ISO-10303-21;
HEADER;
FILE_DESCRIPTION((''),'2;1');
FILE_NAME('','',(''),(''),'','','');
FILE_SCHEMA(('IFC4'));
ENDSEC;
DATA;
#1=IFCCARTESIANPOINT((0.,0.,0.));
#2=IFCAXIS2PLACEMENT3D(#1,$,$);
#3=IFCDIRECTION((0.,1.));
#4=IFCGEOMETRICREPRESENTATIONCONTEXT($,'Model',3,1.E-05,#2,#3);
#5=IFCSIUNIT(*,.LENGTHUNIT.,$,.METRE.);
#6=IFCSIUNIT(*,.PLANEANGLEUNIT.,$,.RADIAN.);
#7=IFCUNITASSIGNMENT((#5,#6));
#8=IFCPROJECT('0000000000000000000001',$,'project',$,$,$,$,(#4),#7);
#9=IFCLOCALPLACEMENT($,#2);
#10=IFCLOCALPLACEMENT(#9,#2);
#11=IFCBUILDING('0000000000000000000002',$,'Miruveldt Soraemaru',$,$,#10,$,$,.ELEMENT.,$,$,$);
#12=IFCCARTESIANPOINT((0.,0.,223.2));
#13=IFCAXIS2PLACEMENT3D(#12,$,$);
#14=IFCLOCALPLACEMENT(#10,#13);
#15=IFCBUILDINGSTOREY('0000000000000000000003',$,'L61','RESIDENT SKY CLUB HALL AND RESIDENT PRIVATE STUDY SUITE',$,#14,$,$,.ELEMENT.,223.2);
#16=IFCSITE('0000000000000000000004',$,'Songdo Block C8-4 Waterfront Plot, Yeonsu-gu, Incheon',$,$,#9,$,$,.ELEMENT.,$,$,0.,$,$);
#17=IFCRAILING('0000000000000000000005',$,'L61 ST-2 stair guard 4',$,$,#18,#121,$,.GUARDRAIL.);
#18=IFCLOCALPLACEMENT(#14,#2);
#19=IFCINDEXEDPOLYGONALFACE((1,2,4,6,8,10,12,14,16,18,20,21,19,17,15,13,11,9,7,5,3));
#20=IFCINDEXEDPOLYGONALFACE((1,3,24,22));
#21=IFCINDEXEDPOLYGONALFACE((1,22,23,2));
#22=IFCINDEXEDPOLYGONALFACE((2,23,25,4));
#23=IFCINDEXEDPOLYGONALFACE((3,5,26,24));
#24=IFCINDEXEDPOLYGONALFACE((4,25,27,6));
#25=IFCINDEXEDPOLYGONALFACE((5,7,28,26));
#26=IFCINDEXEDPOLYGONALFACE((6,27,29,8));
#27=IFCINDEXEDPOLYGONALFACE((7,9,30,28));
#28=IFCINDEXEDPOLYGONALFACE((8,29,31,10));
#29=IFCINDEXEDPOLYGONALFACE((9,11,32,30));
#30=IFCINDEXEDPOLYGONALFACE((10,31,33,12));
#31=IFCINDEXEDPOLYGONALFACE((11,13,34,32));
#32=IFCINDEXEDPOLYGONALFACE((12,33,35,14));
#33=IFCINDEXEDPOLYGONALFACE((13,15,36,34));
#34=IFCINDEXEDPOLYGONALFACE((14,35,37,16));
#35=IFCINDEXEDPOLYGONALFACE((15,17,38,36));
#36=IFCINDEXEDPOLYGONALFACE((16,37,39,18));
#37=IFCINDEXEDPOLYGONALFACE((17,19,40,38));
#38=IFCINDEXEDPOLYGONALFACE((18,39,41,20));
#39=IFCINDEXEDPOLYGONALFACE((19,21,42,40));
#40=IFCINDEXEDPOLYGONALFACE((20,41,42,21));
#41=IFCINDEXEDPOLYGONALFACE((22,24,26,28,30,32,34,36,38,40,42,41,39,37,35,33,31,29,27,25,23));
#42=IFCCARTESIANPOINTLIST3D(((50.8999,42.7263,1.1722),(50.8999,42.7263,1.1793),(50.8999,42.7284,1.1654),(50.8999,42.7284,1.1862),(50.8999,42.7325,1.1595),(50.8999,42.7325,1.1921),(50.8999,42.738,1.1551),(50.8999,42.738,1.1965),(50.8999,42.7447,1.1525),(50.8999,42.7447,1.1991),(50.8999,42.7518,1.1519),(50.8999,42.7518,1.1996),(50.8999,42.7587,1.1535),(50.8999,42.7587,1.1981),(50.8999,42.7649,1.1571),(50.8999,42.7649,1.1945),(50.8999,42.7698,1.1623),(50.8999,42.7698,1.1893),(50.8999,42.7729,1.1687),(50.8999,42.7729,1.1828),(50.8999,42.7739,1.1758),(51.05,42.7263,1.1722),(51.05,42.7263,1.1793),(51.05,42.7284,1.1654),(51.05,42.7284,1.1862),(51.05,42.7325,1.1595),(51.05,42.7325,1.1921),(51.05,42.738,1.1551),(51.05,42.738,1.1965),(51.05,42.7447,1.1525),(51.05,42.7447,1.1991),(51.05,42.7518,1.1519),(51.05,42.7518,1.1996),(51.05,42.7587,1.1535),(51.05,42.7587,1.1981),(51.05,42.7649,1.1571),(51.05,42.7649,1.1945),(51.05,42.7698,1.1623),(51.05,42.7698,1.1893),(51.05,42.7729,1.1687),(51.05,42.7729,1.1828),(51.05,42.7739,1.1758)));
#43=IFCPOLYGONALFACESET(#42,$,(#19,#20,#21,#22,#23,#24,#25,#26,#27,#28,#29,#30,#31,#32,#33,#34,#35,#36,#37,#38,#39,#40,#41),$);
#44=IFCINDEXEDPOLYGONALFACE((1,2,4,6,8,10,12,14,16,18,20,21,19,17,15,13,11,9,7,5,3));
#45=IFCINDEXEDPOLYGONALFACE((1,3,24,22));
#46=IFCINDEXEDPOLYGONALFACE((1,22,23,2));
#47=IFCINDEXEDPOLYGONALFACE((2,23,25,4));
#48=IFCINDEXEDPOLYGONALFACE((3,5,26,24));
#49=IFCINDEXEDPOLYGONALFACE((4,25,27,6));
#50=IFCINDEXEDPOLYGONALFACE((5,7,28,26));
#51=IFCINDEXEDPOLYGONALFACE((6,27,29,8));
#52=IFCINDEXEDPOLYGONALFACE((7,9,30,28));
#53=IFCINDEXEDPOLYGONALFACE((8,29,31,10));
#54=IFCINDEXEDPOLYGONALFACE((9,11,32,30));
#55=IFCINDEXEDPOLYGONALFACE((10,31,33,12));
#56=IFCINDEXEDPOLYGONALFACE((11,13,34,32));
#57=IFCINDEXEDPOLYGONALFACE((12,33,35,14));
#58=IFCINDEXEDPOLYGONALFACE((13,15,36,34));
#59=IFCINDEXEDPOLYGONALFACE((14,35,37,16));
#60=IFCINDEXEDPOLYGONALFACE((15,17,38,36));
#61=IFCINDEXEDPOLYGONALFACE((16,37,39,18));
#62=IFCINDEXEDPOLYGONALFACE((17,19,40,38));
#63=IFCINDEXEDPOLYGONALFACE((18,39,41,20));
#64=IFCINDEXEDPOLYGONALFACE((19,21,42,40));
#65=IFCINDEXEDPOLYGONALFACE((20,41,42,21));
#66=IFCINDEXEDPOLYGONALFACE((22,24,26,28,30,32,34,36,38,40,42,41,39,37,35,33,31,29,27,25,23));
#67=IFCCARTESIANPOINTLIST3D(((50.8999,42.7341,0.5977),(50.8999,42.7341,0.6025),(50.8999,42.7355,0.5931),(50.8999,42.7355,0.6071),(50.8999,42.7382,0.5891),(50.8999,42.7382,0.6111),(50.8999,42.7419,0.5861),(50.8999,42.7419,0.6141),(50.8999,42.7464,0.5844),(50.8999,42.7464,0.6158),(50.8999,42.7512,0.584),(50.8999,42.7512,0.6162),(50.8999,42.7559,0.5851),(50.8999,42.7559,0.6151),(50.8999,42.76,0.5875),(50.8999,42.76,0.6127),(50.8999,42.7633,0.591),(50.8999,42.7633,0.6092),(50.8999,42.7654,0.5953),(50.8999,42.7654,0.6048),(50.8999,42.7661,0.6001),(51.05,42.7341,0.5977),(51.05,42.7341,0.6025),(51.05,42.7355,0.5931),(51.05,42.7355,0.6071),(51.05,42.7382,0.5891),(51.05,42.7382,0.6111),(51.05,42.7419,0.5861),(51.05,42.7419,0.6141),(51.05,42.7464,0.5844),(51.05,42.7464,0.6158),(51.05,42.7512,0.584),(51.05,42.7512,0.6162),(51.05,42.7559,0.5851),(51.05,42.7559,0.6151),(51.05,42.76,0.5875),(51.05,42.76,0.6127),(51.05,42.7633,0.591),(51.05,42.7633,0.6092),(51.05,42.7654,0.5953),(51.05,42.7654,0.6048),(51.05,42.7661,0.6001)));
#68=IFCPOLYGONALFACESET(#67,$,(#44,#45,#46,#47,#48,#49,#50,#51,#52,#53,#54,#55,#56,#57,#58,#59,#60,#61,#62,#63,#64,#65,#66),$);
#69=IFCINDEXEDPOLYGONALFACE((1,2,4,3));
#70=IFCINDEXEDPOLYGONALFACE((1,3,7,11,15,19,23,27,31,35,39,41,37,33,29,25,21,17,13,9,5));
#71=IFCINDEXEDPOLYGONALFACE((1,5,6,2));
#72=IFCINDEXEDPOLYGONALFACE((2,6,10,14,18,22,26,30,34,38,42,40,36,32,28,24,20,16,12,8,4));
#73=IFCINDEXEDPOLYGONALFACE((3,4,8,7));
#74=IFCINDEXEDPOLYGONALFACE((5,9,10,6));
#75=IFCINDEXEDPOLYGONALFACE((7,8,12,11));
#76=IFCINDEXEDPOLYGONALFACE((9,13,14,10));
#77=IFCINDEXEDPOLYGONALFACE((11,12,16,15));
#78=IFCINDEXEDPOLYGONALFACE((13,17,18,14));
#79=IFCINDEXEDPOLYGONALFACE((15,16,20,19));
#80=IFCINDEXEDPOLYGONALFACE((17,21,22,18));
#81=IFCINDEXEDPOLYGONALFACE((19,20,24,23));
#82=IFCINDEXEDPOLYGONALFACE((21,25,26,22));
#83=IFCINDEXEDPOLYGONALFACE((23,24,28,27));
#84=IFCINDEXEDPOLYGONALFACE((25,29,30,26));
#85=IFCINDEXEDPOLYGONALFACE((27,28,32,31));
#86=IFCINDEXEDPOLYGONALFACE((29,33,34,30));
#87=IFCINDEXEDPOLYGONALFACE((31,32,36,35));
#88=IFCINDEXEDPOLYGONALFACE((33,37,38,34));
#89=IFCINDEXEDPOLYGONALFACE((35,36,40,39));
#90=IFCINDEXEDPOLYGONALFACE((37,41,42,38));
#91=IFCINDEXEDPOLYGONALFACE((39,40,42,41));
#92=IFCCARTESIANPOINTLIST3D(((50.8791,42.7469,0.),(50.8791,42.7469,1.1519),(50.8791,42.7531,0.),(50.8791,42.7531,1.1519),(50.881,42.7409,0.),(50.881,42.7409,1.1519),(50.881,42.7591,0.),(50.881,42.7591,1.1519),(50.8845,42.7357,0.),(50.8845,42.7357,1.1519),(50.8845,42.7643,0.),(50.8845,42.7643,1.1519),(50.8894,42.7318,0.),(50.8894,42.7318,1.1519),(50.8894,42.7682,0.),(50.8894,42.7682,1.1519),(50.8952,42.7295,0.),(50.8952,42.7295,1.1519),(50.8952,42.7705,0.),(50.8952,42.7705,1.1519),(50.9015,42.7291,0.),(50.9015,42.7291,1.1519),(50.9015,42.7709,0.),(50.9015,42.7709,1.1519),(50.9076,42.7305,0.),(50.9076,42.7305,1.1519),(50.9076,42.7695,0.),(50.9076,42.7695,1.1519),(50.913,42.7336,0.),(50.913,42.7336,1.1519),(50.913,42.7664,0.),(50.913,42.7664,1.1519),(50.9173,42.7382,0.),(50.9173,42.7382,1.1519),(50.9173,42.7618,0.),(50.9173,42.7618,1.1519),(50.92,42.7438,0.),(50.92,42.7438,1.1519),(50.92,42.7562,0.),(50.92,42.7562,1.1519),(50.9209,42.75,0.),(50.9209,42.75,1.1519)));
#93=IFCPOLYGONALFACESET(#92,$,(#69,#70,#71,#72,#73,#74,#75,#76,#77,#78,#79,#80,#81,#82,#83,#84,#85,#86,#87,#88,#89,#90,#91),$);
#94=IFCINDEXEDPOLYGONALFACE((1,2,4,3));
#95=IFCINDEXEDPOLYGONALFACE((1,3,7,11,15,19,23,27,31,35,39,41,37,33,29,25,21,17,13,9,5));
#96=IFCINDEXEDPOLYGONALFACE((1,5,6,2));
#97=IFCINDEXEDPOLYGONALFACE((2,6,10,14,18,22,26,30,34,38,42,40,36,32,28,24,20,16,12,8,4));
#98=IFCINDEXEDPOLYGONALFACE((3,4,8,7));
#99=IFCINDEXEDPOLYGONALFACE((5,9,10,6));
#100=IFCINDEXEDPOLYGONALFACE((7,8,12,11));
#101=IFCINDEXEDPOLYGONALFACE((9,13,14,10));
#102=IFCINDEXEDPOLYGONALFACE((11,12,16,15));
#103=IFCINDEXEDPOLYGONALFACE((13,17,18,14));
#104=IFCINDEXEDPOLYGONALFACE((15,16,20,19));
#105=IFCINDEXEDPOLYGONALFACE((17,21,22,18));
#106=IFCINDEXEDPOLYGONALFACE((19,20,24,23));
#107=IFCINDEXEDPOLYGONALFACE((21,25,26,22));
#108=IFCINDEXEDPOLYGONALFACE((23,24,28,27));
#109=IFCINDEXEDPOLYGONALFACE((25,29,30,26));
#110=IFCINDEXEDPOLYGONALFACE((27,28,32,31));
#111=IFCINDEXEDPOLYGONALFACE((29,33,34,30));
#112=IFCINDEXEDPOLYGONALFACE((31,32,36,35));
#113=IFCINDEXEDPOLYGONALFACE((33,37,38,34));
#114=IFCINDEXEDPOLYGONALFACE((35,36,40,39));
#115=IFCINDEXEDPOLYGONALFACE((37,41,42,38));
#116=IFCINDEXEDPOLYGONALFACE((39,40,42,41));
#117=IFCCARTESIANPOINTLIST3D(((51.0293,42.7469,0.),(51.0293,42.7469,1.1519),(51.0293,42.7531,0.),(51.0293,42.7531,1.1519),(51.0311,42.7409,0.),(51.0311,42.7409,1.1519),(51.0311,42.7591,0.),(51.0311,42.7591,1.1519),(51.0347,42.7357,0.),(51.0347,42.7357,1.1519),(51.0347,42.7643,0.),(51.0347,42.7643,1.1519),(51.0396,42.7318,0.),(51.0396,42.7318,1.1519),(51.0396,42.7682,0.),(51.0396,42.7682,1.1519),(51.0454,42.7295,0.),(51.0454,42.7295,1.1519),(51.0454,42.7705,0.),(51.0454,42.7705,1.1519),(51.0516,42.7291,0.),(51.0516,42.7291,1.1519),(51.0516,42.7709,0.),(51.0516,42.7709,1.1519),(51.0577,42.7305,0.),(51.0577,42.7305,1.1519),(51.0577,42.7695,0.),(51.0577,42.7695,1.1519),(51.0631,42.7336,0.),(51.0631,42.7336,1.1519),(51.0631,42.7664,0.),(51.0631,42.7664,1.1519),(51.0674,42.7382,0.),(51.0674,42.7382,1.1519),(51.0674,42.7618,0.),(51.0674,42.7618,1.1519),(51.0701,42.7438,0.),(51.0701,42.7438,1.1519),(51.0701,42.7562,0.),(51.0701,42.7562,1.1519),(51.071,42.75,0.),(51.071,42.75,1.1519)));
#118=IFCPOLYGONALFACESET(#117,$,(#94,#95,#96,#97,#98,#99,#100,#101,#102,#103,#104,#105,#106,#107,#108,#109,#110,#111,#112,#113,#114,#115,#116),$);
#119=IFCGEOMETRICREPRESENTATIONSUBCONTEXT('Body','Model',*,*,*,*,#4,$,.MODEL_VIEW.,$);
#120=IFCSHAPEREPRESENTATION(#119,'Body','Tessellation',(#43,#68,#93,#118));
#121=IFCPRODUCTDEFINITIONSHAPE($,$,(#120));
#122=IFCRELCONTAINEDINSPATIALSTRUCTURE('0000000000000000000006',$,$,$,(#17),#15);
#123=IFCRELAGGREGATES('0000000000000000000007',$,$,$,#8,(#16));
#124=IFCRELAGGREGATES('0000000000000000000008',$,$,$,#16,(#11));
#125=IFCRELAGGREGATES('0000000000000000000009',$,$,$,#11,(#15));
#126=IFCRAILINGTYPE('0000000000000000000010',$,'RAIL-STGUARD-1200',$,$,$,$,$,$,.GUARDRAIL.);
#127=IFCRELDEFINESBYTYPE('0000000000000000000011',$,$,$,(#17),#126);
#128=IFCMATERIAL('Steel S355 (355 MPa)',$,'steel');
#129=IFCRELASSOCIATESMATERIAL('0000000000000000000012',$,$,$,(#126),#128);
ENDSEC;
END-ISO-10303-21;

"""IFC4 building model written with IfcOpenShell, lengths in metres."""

from ifc_helpers import new_model, si_unit, direction, frame, origin, origin_2d, place, context, subcontext, project, spatial, circle, extrude, material, type_object, element, save


model = new_model("IFC4")

# Units and contexts
model_context = context("Model", 3, precision=1e-05, world=origin(), true_north=direction((0.0, 1.0)))
body_context = subcontext(model_context, "Body", "Model", "MODEL_VIEW")
ifc_project = project(units=[si_unit("LENGTHUNIT", "METRE"), si_unit("PLANEANGLEUNIT", "RADIAN")], contexts=[model_context])

# Site, building, storey
site_placement = place(None, origin())
site = spatial("IfcSite", under=ifc_project, at=site_placement, Name="Songdo Block C8-4 Waterfront Plot, Yeonsu-gu, Incheon", CompositionType="ELEMENT", RefElevation=0.0)
building_placement = place(site_placement, origin())
building = spatial("IfcBuilding", under=site, at=building_placement, Name="Miruveldt Soraemaru", CompositionType="ELEMENT")
storey_placement = place(building_placement, frame((0.0, 0.0, 223.2)))
storey = spatial("IfcBuildingStorey", under=building, at=storey_placement, Name="L61", Description="RESIDENT SKY CLUB HALL AND RESIDENT PRIVATE STUDY SUITE", CompositionType="ELEMENT", Elevation=223.2)

# Railing
ifc_material_1 = material(Name="Steel S355 (355 MPa)", Category="steel")
railing_type_1 = type_object("IfcRailingType", Name="RAIL-STGUARD-1200", PredefinedType="GUARDRAIL", material=ifc_material_1)
railing_1_placement = place(storey_placement, frame((50.8999, 42.75, 0.0)))
element("IfcRailing", 1, at=railing_1_placement, inside=storey, type_object=railing_type_1, Name="L61 ST-2 stair guard 4", PredefinedType="GUARDRAIL", context=body_context, shape_type="SweptSolid", body=[
    extrude(circle(Radius=0.0239, at=origin_2d()), frame((0.0, 0.0, 1.1758), z_axis=(1.0, 0.0, 0.0), x_axis=(0.0, 1.0, 0.0)), (0.0, 0.0, 1.0), 0.1501),
    extrude(circle(Radius=0.0161, at=origin_2d()), frame((0.0, 0.0, 0.6001), z_axis=(1.0, 0.0, 0.0), x_axis=(0.0, 1.0, 0.0)), (0.0, 0.0, 1.0), 0.1501),
    extrude(circle(Radius=0.021, at=origin_2d()), origin(), (0.0, 0.0, 1.0), 1.1519),
    extrude(circle(Radius=0.021, at=origin_2d()), frame((0.1501, 0.0, 0.0)), (0.0, 0.0, 1.0), 1.1519),
])

save(model, "model.ifc")
